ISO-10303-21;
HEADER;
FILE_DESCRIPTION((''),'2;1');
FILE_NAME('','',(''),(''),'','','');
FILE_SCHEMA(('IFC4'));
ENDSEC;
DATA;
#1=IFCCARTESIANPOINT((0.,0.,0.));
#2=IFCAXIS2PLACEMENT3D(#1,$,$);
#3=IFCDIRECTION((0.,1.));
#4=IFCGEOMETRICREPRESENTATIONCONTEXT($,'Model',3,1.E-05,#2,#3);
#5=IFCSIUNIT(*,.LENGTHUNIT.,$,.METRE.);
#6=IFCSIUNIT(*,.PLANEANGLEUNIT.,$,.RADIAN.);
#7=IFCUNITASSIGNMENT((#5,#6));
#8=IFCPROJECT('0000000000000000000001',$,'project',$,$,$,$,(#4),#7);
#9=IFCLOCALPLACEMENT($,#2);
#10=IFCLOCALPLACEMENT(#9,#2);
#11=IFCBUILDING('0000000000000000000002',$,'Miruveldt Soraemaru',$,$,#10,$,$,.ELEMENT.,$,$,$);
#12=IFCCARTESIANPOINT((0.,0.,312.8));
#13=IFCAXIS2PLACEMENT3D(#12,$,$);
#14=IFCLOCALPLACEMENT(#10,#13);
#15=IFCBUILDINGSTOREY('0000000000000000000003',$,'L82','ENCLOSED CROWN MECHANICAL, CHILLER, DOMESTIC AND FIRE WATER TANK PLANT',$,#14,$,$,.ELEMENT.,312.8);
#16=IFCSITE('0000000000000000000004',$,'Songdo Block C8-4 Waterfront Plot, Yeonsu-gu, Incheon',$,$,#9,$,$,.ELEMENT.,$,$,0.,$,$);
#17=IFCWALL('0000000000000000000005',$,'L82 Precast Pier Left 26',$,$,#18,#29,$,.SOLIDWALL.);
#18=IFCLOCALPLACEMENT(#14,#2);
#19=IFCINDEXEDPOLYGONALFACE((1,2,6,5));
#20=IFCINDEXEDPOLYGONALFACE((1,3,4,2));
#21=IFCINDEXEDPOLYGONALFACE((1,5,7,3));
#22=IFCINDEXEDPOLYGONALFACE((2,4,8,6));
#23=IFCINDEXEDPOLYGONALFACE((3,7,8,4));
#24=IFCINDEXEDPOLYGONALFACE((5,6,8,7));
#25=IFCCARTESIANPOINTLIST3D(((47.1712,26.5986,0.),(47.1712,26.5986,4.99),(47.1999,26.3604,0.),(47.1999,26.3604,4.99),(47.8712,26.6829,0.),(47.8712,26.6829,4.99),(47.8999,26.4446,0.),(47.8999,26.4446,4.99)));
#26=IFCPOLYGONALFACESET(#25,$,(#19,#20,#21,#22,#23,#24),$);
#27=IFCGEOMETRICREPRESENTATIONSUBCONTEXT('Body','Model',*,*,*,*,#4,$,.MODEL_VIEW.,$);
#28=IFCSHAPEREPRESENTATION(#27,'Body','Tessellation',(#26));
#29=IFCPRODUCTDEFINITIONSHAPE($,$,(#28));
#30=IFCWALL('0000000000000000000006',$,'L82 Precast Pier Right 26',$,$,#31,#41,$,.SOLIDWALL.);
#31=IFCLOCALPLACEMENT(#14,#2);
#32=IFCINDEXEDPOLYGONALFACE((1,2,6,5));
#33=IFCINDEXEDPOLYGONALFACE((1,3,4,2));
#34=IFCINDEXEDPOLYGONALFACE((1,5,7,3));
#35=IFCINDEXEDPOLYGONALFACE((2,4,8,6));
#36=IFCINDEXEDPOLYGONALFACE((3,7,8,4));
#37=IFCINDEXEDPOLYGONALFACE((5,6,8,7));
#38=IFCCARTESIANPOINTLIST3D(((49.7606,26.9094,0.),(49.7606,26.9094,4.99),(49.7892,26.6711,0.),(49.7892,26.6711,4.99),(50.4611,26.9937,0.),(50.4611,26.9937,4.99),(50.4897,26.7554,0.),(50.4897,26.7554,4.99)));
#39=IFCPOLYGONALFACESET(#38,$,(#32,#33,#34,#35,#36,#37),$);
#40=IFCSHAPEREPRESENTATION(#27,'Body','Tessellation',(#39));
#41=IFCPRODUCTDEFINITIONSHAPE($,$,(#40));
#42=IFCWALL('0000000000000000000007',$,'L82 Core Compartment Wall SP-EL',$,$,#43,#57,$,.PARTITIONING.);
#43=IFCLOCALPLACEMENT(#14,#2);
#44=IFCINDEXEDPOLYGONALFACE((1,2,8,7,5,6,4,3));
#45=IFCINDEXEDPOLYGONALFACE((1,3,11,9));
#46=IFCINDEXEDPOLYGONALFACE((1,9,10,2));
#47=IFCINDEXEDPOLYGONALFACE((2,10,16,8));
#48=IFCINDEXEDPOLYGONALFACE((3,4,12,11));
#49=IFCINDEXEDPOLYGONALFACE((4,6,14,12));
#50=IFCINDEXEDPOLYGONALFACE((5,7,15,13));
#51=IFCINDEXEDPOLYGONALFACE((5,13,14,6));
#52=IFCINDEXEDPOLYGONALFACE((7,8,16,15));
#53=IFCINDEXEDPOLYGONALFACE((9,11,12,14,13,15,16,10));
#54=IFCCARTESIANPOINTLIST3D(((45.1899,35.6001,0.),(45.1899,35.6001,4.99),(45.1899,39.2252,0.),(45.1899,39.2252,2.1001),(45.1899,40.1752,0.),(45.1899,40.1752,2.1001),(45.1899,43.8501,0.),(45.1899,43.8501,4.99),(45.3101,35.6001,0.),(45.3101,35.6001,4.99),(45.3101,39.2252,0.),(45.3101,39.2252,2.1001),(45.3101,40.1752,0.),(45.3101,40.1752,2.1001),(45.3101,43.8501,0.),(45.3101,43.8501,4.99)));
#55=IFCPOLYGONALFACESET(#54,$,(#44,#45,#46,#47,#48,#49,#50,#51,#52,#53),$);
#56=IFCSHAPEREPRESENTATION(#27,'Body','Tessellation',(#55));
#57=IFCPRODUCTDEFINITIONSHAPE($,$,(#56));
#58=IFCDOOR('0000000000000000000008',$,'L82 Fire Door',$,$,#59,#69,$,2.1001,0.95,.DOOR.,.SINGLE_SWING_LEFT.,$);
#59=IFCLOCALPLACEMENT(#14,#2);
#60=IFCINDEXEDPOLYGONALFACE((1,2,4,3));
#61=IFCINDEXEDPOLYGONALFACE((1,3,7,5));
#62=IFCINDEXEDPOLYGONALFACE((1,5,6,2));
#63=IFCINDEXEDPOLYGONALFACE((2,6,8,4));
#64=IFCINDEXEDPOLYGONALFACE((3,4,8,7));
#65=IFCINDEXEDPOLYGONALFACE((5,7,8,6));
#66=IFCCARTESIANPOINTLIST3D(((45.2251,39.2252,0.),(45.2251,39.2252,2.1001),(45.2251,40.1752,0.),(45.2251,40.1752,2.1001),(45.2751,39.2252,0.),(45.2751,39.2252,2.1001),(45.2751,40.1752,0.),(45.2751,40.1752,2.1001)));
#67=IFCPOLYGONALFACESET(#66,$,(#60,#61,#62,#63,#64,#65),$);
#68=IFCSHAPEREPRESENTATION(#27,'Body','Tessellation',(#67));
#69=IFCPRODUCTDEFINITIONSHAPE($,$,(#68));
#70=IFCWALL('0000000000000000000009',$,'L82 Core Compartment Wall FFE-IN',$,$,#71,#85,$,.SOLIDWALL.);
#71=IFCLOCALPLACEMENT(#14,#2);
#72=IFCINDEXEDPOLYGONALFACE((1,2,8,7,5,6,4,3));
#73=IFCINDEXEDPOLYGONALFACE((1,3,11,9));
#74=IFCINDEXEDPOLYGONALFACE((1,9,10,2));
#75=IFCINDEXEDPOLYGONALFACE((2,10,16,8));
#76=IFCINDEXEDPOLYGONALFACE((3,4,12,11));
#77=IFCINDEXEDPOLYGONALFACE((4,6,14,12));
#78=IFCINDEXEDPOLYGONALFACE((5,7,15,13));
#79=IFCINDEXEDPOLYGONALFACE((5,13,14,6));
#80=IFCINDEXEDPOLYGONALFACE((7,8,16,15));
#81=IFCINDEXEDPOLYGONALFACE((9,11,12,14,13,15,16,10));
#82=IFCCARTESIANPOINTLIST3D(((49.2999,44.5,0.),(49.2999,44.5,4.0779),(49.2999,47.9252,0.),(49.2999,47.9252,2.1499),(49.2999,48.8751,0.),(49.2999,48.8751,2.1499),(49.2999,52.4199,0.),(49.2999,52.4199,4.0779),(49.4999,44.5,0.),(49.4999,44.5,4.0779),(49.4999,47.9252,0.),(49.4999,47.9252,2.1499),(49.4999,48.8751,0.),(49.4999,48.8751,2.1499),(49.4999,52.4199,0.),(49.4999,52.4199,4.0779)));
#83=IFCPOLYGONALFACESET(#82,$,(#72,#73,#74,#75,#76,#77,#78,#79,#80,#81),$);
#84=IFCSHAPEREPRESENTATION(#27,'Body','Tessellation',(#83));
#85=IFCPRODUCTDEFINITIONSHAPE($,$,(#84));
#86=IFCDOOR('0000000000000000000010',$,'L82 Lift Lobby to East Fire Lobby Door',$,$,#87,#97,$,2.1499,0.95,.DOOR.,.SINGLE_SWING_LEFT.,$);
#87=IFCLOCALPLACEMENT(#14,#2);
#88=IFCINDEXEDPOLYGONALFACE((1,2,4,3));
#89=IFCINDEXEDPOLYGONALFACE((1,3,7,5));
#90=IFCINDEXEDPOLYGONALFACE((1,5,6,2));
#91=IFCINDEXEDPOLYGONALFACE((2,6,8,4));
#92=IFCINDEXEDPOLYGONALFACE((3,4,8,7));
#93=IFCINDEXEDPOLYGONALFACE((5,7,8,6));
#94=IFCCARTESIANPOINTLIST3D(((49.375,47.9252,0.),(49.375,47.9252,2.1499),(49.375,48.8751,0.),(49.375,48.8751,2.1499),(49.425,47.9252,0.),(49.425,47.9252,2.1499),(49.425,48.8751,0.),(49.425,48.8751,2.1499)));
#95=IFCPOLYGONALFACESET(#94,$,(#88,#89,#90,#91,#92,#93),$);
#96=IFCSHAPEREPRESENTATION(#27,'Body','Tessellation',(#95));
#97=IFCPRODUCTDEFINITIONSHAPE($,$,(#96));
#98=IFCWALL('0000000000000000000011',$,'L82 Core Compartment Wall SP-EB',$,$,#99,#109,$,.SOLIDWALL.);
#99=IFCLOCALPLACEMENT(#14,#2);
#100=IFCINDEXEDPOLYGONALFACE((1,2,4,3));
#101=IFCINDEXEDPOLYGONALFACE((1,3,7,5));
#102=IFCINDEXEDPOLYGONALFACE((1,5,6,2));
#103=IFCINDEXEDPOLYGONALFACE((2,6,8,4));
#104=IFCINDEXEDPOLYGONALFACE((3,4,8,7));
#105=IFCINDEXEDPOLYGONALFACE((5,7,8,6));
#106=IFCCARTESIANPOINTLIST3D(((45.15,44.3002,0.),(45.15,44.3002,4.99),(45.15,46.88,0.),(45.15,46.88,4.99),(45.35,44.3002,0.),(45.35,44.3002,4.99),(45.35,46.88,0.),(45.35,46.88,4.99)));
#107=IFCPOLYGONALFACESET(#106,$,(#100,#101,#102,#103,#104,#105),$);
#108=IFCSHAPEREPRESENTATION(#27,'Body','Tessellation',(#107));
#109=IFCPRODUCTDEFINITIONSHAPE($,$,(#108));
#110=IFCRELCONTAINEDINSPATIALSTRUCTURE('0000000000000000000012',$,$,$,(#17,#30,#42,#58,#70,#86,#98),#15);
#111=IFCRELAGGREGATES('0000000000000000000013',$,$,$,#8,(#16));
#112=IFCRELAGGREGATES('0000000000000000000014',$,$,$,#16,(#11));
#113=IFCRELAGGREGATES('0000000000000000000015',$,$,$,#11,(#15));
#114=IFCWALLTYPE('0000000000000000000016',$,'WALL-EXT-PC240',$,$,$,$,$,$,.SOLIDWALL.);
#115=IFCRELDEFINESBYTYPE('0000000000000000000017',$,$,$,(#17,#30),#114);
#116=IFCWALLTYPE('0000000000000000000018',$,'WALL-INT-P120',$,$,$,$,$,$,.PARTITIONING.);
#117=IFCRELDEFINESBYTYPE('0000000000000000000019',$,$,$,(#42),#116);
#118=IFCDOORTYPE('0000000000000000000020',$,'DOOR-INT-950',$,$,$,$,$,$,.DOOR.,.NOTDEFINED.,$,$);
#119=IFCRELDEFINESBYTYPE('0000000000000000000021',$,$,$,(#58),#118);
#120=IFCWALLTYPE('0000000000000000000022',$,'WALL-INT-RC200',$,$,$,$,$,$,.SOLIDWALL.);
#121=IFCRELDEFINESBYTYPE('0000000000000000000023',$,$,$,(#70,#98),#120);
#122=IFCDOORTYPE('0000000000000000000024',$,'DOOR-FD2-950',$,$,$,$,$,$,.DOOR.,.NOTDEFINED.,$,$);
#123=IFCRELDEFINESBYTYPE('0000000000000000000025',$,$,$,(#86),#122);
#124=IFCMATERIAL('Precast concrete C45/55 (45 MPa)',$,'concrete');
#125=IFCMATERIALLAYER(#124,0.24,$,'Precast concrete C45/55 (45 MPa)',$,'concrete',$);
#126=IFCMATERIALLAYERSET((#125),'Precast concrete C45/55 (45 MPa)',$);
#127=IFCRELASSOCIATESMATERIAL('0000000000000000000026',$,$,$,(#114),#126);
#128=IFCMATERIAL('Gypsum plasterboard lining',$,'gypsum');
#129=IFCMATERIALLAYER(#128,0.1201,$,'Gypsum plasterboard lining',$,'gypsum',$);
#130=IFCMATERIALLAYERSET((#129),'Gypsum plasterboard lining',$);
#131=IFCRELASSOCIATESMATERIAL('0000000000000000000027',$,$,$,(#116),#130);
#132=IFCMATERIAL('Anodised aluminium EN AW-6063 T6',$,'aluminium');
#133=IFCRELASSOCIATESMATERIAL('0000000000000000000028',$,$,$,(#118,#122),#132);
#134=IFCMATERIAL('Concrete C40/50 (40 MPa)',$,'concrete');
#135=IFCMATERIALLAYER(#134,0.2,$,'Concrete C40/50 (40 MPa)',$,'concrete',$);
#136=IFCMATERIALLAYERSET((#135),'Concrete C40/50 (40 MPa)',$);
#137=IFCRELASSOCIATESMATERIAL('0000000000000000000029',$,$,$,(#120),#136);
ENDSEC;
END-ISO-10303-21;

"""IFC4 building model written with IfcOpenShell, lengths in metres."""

from ifc_helpers import new_model, si_unit, direction, frame, frame_2d, origin, place, context, subcontext, project, spatial, rectangle, extrude, material, layer, layer_set, type_object, element, fill, save


model = new_model("IFC4")

# Units and contexts
model_context = context("Model", 3, precision=1e-05, world=origin(), true_north=direction((0.0, 1.0)))
body_context = subcontext(model_context, "Body", "Model", "MODEL_VIEW")
ifc_project = project(units=[si_unit("LENGTHUNIT", "METRE"), si_unit("PLANEANGLEUNIT", "RADIAN")], contexts=[model_context])

# Site, building, storey
site_placement = place(None, origin())
site = spatial("IfcSite", under=ifc_project, at=site_placement, Name="Songdo Block C8-4 Waterfront Plot, Yeonsu-gu, Incheon", CompositionType="ELEMENT", RefElevation=0.0)
building_placement = place(site_placement, origin())
building = spatial("IfcBuilding", under=site, at=building_placement, Name="Miruveldt Soraemaru", CompositionType="ELEMENT")
storey_placement = place(building_placement, frame((0.0, 0.0, 312.8)))
storey = spatial("IfcBuildingStorey", under=building, at=storey_placement, Name="L82", Description="ENCLOSED CROWN MECHANICAL, CHILLER, DOMESTIC AND FIRE WATER TANK PLANT", CompositionType="ELEMENT", Elevation=312.8)

# Shared definitions
ifc_material_1 = material(Name="Anodised aluminium EN AW-6063 T6", Category="aluminium")

# Walls
ifc_material_2 = material(Name="Precast concrete C45/55 (45 MPa)", Category="concrete")
ifc_layer_1 = layer(ifc_material_2, 0.24, Name="Precast concrete C45/55 (45 MPa)", Category="concrete")
ifc_layer_set_1 = layer_set([ifc_layer_1], Name="Precast concrete C45/55 (45 MPa)")
wall_type_1 = type_object("IfcWallType", Name="WALL-EXT-PC240", PredefinedType="SOLIDWALL", material=ifc_layer_set_1)
wall_1_placement = place(storey_placement, frame((47.1855, 26.4795, 0.0), z_axis=(0.0, 0.0, 1.0), x_axis=(0.992837, 0.119473, 0.0)))
element("IfcWall", 1, at=wall_1_placement, inside=storey, type_object=wall_type_1, Name="L82 Precast Pier Left 26", PredefinedType="SOLIDWALL", context=body_context, shape_type="SweptSolid", body=[
    extrude(rectangle(XDim=0.7051, YDim=0.24, at=frame_2d((0.3525, 0.0))), origin(), (0.0, 0.0, 1.0), 4.99),
])
wall_2_placement = place(storey_placement, frame((49.7749, 26.7903, 0.0), z_axis=(0.0, 0.0, 1.0), x_axis=(0.992847, 0.119391, 0.0)))
element("IfcWall", 2, at=wall_2_placement, inside=storey, type_object=wall_type_1, Name="L82 Precast Pier Right 26", PredefinedType="SOLIDWALL", context=body_context, shape_type="SweptSolid", body=[
    extrude(rectangle(XDim=0.7056, YDim=0.24, at=frame_2d((0.3528, 0.0))), origin(), (0.0, 0.0, 1.0), 4.99),
])

# Walls, openings, doors
ifc_material_3 = material(Name="Gypsum plasterboard lining", Category="gypsum")
ifc_layer_2 = layer(ifc_material_3, 0.1201, Name="Gypsum plasterboard lining", Category="gypsum")
ifc_layer_set_2 = layer_set([ifc_layer_2], Name="Gypsum plasterboard lining")
wall_type_2 = type_object("IfcWallType", Name="WALL-INT-P120", PredefinedType="PARTITIONING", material=ifc_layer_set_2)
wall_3_placement = place(storey_placement, frame((45.25, 35.6001, 0.0), z_axis=(0.0, 0.0, 1.0), x_axis=(0.0, 1.0, 0.0)))
wall_3 = element("IfcWall", 3, at=wall_3_placement, inside=storey, type_object=wall_type_2, Name="L82 Core Compartment Wall SP-EL", PredefinedType="PARTITIONING", context=body_context, shape_type="SweptSolid", body=[
    extrude(rectangle(XDim=8.25, YDim=0.1201, at=frame_2d((4.125, 0.0))), origin(), (0.0, 0.0, 1.0), 4.99),
])
opening_1_placement = place(wall_3_placement, frame((3.625, 0.0, 0.0)))
opening_1 = element("IfcOpeningElement", 4, at=opening_1_placement, cuts=wall_3, PredefinedType="OPENING", context=body_context, shape_type="SweptSolid", body=[
    extrude(rectangle(XDim=0.95, YDim=2.1001, at=frame_2d((0.4751, 1.05))), frame((0.0, 0.0701, 0.0), z_axis=(0.0, -1.0, 0.0), x_axis=(1.0, 0.0, 0.0)), (0.0, 0.0, 1.0), 0.1401),
])
door_type_1 = type_object("IfcDoorType", Name="DOOR-INT-950", OperationType="NOTDEFINED", PredefinedType="DOOR", material=ifc_material_1)
door_1_placement = place(opening_1_placement, origin())
door_1 = element("IfcDoor", 5, at=door_1_placement, inside=storey, type_object=door_type_1, Name="L82 Fire Door", OperationType="SINGLE_SWING_LEFT", OverallHeight=2.1001, OverallWidth=0.95, PredefinedType="DOOR", context=body_context, shape_type="SweptSolid", body=[
    extrude(rectangle(XDim=0.95, YDim=2.1001, at=frame_2d((0.4751, 1.05))), frame((0.0, 0.0249, 0.0), z_axis=(0.0, -1.0, 0.0), x_axis=(1.0, 0.0, 0.0)), (0.0, 0.0, 1.0), 0.05),
])
fill(opening_1, door_1)
ifc_material_4 = material(Name="Concrete C40/50 (40 MPa)", Category="concrete")
ifc_layer_3 = layer(ifc_material_4, 0.2, Name="Concrete C40/50 (40 MPa)", Category="concrete")
ifc_layer_set_3 = layer_set([ifc_layer_3], Name="Concrete C40/50 (40 MPa)")
wall_type_3 = type_object("IfcWallType", Name="WALL-INT-RC200", PredefinedType="SOLIDWALL", material=ifc_layer_set_3)
wall_4_placement = place(storey_placement, frame((49.3999, 44.5, 0.0), z_axis=(0.0, 0.0, 1.0), x_axis=(0.0, 1.0, 0.0)))
wall_4 = element("IfcWall", 6, at=wall_4_placement, inside=storey, type_object=wall_type_3, Name="L82 Core Compartment Wall FFE-IN", PredefinedType="SOLIDWALL", context=body_context, shape_type="SweptSolid", body=[
    extrude(rectangle(XDim=7.9199, YDim=0.2, at=frame_2d((3.96, 0.0))), origin(), (0.0, 0.0, 1.0), 4.0779),
])
opening_2_placement = place(wall_4_placement, frame((3.425, 0.0, 0.0)))
opening_2 = element("IfcOpeningElement", 7, at=opening_2_placement, cuts=wall_4, PredefinedType="OPENING", context=body_context, shape_type="SweptSolid", body=[
    extrude(rectangle(XDim=0.95, YDim=2.1499, at=frame_2d((0.4751, 1.075))), frame((0.0, 0.1099, 0.0), z_axis=(0.0, -1.0, 0.0), x_axis=(1.0, 0.0, 0.0)), (0.0, 0.0, 1.0), 0.22),
])
door_type_2 = type_object("IfcDoorType", Name="DOOR-FD2-950", OperationType="NOTDEFINED", PredefinedType="DOOR", material=ifc_material_1)
door_2_placement = place(opening_2_placement, origin())
door_2 = element("IfcDoor", 8, at=door_2_placement, inside=storey, type_object=door_type_2, Name="L82 Lift Lobby to East Fire Lobby Door", OperationType="SINGLE_SWING_LEFT", OverallHeight=2.1499, OverallWidth=0.95, PredefinedType="DOOR", context=body_context, shape_type="SweptSolid", body=[
    extrude(rectangle(XDim=0.95, YDim=2.1499, at=frame_2d((0.4751, 1.075))), frame((0.0, 0.0249, 0.0), z_axis=(0.0, -1.0, 0.0), x_axis=(1.0, 0.0, 0.0)), (0.0, 0.0, 1.0), 0.05),
])
fill(opening_2, door_2)

# Wall
wall_5_placement = place(storey_placement, frame((45.25, 44.3, 0.0), z_axis=(0.0, 0.0, 1.0), x_axis=(0.0, 1.0, 0.0)))
element("IfcWall", 9, at=wall_5_placement, inside=storey, type_object=wall_type_3, Name="L82 Core Compartment Wall SP-EB", PredefinedType="SOLIDWALL", context=body_context, shape_type="SweptSolid", body=[
    extrude(rectangle(XDim=2.5798, YDim=0.2, at=frame_2d((1.29, 0.0))), origin(), (0.0, 0.0, 1.0), 4.99),
])

save(model, "model.ifc")
